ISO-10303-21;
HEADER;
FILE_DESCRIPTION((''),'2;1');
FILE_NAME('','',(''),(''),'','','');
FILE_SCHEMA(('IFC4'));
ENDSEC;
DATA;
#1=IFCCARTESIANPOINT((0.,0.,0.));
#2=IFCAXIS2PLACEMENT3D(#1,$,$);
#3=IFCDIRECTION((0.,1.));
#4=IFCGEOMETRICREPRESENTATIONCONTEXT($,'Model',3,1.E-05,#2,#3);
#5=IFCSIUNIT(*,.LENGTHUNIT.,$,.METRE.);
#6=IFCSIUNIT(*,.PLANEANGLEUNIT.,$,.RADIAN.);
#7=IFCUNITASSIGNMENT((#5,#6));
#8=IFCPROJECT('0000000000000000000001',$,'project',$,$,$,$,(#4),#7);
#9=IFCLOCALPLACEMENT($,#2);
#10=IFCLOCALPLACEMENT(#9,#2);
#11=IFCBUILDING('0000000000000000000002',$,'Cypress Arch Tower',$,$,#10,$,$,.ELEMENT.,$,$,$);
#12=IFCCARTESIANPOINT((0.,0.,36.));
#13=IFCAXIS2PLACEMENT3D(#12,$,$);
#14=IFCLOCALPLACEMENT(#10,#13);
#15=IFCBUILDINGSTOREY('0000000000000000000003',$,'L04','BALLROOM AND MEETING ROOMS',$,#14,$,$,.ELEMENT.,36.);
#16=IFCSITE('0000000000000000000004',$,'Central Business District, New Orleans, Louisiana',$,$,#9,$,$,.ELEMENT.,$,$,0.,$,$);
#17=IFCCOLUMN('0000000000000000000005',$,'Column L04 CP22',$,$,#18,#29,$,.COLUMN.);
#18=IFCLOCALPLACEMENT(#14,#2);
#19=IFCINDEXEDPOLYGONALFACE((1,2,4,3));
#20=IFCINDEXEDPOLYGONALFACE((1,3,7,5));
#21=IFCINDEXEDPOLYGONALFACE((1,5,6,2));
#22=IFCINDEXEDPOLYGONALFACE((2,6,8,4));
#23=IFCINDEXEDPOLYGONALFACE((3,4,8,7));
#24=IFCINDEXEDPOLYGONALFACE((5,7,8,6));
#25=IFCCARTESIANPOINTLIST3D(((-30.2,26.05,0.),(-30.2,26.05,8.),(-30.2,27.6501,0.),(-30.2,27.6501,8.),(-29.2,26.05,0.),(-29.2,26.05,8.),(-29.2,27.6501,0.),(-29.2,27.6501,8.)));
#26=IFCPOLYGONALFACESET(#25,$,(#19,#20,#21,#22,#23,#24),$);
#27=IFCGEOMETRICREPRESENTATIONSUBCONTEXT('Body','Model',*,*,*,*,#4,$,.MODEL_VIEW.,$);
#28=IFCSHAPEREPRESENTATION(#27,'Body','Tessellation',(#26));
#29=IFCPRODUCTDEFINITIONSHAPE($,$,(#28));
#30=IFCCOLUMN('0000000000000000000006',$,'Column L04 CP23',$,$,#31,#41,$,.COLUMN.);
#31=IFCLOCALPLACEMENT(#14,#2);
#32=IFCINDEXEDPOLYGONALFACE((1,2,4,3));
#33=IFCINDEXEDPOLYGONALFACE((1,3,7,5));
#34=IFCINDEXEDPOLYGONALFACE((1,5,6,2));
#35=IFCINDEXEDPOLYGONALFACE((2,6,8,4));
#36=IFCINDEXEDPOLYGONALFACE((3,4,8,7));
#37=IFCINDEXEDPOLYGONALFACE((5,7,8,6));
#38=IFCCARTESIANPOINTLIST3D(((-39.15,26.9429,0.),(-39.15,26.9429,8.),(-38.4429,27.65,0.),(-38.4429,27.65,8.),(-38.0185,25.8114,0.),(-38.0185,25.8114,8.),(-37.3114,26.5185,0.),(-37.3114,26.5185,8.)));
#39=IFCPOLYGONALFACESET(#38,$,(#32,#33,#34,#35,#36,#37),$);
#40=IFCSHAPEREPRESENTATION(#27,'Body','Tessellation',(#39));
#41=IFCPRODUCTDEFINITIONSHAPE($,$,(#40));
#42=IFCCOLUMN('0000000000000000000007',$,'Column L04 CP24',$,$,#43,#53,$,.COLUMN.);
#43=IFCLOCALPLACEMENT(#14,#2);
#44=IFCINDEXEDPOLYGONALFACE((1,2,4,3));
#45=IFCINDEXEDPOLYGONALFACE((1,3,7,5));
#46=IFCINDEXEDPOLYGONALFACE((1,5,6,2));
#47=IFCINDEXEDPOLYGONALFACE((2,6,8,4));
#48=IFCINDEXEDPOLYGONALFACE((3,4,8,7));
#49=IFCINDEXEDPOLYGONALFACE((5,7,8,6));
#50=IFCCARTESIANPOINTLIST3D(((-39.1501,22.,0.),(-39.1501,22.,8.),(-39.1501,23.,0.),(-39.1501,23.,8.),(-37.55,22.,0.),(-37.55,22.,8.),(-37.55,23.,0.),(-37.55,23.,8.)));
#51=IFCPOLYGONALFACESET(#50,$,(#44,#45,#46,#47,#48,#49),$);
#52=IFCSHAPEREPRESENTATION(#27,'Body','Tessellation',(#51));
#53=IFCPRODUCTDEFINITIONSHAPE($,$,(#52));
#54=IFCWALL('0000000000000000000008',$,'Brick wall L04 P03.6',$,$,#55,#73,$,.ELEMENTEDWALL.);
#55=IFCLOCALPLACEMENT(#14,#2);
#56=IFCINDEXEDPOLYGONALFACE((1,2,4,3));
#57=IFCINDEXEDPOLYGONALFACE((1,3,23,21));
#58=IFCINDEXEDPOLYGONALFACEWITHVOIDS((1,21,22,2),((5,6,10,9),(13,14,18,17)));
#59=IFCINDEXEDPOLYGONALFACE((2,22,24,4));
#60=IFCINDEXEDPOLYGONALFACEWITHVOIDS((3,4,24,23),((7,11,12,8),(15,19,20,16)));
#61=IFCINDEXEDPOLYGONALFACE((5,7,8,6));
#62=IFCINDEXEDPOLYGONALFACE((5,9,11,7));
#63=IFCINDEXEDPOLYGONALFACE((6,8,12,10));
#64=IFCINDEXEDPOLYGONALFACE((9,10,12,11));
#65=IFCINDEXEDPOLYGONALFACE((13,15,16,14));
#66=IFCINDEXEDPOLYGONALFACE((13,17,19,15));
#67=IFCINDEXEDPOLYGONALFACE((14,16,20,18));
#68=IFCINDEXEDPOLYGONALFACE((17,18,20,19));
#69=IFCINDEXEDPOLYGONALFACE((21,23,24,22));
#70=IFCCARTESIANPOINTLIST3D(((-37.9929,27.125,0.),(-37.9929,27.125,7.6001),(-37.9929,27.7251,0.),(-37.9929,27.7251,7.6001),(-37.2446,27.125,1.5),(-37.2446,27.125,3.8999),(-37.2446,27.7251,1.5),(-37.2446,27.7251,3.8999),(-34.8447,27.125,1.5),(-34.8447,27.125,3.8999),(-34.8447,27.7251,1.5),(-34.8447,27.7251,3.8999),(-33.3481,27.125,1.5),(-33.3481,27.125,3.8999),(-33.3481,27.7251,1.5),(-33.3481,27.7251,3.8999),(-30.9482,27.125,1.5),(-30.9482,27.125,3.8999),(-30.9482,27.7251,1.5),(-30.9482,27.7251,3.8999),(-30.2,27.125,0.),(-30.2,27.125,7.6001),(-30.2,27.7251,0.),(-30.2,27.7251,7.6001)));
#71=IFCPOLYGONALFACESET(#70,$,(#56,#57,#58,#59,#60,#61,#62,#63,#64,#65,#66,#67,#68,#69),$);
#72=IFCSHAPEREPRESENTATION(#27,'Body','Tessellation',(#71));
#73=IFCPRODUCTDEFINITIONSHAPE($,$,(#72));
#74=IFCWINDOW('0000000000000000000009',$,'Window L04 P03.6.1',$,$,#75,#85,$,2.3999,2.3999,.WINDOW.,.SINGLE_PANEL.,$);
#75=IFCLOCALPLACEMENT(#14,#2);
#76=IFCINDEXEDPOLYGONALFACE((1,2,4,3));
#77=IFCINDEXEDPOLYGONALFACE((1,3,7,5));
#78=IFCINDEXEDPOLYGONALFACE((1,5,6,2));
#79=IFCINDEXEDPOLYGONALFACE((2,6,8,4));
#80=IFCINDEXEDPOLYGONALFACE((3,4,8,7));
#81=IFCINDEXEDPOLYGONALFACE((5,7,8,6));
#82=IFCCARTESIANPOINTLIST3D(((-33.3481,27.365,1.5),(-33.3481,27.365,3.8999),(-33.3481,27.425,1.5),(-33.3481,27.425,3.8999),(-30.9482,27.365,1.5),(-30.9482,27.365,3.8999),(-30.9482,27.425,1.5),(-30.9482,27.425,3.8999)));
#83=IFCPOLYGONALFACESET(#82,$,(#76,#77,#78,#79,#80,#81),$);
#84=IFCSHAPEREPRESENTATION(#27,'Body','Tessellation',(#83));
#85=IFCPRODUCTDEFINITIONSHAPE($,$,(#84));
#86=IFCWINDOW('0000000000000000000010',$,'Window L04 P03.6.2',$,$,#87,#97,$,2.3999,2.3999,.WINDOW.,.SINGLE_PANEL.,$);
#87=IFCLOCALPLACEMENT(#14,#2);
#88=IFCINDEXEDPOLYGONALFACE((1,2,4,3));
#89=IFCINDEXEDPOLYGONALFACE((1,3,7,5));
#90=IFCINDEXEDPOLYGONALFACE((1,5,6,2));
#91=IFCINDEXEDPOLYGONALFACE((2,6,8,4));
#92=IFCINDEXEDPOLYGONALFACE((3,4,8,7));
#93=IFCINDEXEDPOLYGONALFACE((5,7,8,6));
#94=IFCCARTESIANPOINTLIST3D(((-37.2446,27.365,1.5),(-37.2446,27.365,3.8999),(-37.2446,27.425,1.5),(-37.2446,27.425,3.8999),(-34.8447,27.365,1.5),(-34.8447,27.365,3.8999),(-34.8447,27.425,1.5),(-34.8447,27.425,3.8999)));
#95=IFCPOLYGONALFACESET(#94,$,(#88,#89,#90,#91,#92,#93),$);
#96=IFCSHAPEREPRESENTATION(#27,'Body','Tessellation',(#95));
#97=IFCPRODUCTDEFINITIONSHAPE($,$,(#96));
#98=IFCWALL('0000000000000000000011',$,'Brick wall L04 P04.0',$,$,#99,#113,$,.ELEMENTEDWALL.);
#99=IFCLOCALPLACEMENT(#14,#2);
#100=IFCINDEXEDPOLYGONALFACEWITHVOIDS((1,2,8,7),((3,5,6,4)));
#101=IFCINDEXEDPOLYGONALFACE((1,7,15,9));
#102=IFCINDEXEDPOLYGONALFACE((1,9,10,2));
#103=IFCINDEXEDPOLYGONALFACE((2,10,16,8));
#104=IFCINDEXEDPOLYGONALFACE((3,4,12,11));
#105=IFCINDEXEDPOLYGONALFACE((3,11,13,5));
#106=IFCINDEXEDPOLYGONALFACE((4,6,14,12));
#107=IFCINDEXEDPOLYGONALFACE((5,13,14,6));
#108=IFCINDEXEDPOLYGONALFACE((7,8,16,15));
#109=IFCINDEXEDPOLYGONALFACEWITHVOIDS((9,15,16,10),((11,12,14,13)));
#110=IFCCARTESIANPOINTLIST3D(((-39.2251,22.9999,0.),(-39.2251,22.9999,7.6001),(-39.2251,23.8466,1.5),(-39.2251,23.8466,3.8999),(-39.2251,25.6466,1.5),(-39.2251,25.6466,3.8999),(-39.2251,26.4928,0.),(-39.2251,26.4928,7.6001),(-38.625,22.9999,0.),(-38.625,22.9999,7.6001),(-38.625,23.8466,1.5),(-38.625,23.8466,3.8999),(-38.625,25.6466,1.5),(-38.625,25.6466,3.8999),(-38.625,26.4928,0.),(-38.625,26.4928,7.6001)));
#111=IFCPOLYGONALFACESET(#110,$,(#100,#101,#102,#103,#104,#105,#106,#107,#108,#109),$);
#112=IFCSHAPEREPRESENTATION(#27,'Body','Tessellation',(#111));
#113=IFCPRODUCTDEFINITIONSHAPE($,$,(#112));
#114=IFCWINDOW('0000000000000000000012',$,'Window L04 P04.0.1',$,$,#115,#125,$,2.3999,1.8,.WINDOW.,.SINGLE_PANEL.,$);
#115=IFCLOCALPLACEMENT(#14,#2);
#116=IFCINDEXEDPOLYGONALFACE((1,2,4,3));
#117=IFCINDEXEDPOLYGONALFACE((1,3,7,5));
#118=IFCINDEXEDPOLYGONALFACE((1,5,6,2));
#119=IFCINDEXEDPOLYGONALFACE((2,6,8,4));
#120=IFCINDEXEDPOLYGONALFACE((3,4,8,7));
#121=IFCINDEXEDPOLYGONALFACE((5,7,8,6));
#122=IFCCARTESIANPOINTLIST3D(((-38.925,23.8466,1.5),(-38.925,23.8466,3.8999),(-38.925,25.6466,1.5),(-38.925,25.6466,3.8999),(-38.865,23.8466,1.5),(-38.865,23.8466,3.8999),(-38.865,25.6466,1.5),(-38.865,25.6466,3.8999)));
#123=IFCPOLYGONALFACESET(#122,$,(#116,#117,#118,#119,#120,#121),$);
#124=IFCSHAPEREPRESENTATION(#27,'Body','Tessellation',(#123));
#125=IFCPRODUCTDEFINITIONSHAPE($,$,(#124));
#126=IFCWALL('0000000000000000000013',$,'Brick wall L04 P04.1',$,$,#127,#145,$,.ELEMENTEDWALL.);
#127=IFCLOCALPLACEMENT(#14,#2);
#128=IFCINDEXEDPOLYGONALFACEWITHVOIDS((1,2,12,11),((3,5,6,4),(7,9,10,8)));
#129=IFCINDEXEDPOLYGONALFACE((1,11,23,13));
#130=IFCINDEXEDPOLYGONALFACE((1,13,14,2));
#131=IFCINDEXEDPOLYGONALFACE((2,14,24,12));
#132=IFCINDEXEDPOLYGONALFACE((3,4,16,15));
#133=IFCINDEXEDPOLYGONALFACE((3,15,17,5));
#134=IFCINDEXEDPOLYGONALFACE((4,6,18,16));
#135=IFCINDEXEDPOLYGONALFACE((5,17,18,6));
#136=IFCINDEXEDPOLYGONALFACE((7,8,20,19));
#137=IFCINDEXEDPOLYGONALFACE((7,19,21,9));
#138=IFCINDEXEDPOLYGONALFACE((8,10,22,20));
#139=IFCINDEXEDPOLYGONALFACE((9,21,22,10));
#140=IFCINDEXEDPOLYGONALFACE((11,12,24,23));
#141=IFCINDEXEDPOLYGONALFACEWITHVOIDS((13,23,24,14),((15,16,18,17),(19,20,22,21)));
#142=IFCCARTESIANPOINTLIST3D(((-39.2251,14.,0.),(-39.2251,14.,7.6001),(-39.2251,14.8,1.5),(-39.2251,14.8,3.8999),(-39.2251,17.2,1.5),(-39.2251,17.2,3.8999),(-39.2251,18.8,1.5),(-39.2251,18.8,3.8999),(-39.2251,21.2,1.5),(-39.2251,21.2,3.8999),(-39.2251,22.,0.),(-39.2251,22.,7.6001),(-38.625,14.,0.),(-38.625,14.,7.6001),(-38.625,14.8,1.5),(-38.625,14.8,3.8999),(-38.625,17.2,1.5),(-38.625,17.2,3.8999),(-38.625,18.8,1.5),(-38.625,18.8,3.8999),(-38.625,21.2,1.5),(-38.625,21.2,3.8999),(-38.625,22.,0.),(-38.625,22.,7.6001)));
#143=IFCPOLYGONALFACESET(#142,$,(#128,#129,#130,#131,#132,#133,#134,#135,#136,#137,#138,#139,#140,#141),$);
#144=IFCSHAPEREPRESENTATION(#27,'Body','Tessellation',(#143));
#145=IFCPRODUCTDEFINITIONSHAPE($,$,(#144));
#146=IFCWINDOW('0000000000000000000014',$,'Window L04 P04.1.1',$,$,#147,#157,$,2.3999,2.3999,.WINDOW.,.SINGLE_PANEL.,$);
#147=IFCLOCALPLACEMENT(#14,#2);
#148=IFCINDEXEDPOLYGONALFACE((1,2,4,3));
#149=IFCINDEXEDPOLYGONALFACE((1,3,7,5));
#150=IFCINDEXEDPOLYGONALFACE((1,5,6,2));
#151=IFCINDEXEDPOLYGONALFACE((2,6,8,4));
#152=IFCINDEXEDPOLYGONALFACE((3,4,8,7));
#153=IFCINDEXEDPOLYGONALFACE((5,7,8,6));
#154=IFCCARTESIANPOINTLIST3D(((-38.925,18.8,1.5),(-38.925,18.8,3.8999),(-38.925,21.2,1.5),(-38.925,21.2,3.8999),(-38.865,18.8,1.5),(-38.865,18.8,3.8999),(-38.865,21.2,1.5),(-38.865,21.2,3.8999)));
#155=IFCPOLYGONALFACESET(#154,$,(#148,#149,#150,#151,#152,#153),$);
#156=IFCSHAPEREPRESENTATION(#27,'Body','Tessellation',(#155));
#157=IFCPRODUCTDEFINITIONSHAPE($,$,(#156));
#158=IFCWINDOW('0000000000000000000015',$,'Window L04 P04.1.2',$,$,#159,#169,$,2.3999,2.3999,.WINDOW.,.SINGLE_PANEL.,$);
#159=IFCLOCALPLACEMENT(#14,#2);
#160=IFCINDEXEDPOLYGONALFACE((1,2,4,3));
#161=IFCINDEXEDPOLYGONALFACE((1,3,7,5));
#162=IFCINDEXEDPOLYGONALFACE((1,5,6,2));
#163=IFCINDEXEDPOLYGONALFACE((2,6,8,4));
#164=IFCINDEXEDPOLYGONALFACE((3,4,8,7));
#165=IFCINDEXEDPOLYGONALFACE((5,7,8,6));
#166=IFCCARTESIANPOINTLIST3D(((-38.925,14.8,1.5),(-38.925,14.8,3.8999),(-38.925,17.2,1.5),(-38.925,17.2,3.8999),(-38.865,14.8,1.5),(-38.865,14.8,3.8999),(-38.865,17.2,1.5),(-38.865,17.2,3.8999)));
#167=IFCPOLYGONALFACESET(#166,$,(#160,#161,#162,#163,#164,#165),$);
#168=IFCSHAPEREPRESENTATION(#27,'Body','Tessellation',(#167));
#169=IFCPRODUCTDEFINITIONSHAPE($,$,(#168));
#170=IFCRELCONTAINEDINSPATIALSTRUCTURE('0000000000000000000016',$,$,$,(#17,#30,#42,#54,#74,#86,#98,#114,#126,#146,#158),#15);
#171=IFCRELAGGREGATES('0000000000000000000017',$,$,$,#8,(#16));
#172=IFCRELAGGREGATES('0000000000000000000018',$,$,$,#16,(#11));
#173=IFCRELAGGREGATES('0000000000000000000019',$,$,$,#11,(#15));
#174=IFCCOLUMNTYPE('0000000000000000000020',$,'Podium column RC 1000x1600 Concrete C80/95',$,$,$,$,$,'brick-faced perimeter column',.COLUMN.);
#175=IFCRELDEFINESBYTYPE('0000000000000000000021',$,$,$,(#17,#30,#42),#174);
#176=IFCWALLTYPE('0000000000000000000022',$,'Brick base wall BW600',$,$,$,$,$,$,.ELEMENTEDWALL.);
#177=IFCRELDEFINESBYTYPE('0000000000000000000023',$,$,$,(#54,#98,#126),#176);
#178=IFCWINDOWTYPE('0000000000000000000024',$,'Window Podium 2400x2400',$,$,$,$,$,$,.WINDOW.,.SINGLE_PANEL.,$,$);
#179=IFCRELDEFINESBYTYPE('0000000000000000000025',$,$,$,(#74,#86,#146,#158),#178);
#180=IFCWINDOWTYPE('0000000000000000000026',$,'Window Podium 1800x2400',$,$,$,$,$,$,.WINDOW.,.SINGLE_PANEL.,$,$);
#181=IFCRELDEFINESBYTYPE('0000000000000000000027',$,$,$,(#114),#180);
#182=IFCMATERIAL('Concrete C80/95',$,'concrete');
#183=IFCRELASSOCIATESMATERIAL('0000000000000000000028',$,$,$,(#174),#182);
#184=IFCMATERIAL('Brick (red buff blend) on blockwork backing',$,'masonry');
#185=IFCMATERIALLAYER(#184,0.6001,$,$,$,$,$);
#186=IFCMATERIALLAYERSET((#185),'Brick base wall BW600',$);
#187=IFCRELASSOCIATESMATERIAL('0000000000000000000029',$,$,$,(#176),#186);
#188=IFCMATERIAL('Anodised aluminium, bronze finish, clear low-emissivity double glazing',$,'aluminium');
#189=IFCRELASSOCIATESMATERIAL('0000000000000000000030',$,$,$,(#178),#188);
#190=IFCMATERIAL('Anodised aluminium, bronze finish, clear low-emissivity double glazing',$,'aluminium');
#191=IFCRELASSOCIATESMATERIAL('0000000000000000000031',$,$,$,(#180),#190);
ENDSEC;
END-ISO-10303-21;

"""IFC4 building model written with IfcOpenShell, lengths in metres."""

from ifc_helpers import new_model, si_unit, direction, frame, frame_2d, origin, origin_2d, place, context, subcontext, project, spatial, rectangle, extrude, material, layer, layer_set, material_profile, profile_set, type_object, element, fill, save


model = new_model("IFC4")

# Units and contexts
model_context = context("Model", 3, precision=1e-05, world=origin(), true_north=direction((0.0, 1.0)))
body_context = subcontext(model_context, "Body", "Model", "MODEL_VIEW")
ifc_project = project(units=[si_unit("LENGTHUNIT", "METRE"), si_unit("PLANEANGLEUNIT", "RADIAN")], contexts=[model_context])

# Site, building, storey
site_placement = place(None, origin())
site = spatial("IfcSite", under=ifc_project, at=site_placement, Name="Central Business District, New Orleans, Louisiana", CompositionType="ELEMENT", RefElevation=0.0)
building_placement = place(site_placement, origin())
building = spatial("IfcBuilding", under=site, at=building_placement, Name="Cypress Arch Tower", CompositionType="ELEMENT")
storey_placement = place(building_placement, frame((0.0, 0.0, 36.0)))
storey = spatial("IfcBuildingStorey", under=building, at=storey_placement, Name="L04", Description="BALLROOM AND MEETING ROOMS", CompositionType="ELEMENT", Elevation=36.0)

# Columns
ifc_material_1 = material(Name="Concrete C80/95", Category="concrete")
ifc_material_profile = material_profile(ifc_material_1, rectangle(XDim=1.0, YDim=1.6001, at=origin_2d()), Name="RC 1000x1600")
ifc_profile_set = profile_set([ifc_material_profile], Name="Concrete C80/95")
column_type = type_object("IfcColumnType", Name="Podium column RC 1000x1600 Concrete C80/95", ElementType="brick-faced perimeter column", PredefinedType="COLUMN", material=ifc_profile_set)
for number, where, z_axis, x_axis, name in (
    (1, (-29.7, 26.8501, 0.0), (0.0, 0.0, 1.0), (-1.0, 0.0, 0.0), "Column L04 CP22"),
    (2, (-38.2307, 26.7307, 0.0), (0.0, 0.0, 1.0), (-0.707107, -0.707107, 0.0), "Column L04 CP23"),
    (3, (-38.3501, 22.5, 0.0), (0.0, 0.0, 1.0), (0.0, -1.0, 0.0), "Column L04 CP24"),
):
    element("IfcColumn", number, at=place(storey_placement, frame(where, z_axis=z_axis, x_axis=x_axis)), inside=storey, type_object=column_type, Name=name, PredefinedType="COLUMN", context=body_context, shape_type="SweptSolid", body=[
        extrude(rectangle(XDim=1.0, YDim=1.6001, at=origin_2d()), origin(), (0.0, 0.0, 1.0), 8.0),
    ])

# Wall, openings, windows
ifc_material_2 = material(Name="Brick (red buff blend) on blockwork backing", Category="masonry")
ifc_layer_1 = layer(ifc_material_2, 0.6001)
ifc_layer_set_1 = layer_set([ifc_layer_1], Name="Brick base wall BW600")
wall_type_1 = type_object("IfcWallType", Name="Brick base wall BW600", PredefinedType="ELEMENTEDWALL", material=ifc_layer_set_1)
wall_1_placement = place(storey_placement, frame((-30.2, 27.425, 0.0), z_axis=(0.0, 0.0, 1.0), x_axis=(-1.0, 0.0, 0.0)))
wall_1 = element("IfcWall", 4, at=wall_1_placement, inside=storey, type_object=wall_type_1, Name="Brick wall L04 P03.6", PredefinedType="ELEMENTEDWALL", context=body_context, shape_type="SweptSolid", body=[
    extrude(rectangle(XDim=7.793, YDim=0.6001, at=frame_2d((3.8965, 0.0))), origin(), (0.0, 0.0, 1.0), 7.6001),
])
opening_1_placement = place(wall_1_placement, frame((0.7483, 0.0, 1.5)))
opening_1 = element("IfcOpeningElement", 5, at=opening_1_placement, cuts=wall_1, PredefinedType="OPENING", context=body_context, shape_type="SweptSolid", body=[
    extrude(rectangle(XDim=2.3999, YDim=2.3999, at=frame_2d((1.2, 1.2))), frame((0.0, 0.3101, 0.0), z_axis=(0.0, -1.0, 0.0), x_axis=(1.0, 0.0, 0.0)), (0.0, 0.0, 1.0), 0.6201),
])
opening_2_placement = place(wall_1_placement, frame((4.6448, 0.0, 1.5)))
opening_2 = element("IfcOpeningElement", 6, at=opening_2_placement, cuts=wall_1, PredefinedType="OPENING", context=body_context, shape_type="SweptSolid", body=[
    extrude(rectangle(XDim=2.3999, YDim=2.3999, at=frame_2d((1.2, 1.2))), frame((0.0, 0.3101, 0.0), z_axis=(0.0, -1.0, 0.0), x_axis=(1.0, 0.0, 0.0)), (0.0, 0.0, 1.0), 0.6201),
])
ifc_material_3 = material(Name="Anodised aluminium, bronze finish, clear low-emissivity double glazing", Category="aluminium")
window_type_1 = type_object("IfcWindowType", Name="Window Podium 2400x2400", PartitioningType="SINGLE_PANEL", PredefinedType="WINDOW", material=ifc_material_3)
window_1_placement = place(opening_1_placement, origin())
window_1 = element("IfcWindow", 7, at=window_1_placement, inside=storey, type_object=window_type_1, Name="Window L04 P03.6.1", OverallHeight=2.3999, OverallWidth=2.3999, PartitioningType="SINGLE_PANEL", PredefinedType="WINDOW", context=body_context, shape_type="SweptSolid", body=[
    extrude(rectangle(XDim=2.3999, YDim=2.3999, at=frame_2d((1.2, 1.2))), frame((0.0, 0.0601, 0.0), z_axis=(0.0, -1.0, 0.0), x_axis=(1.0, 0.0, 0.0)), (0.0, 0.0, 1.0), 0.0601),
])
fill(opening_1, window_1)
window_2_placement = place(opening_2_placement, origin())
window_2 = element("IfcWindow", 8, at=window_2_placement, inside=storey, type_object=window_type_1, Name="Window L04 P03.6.2", OverallHeight=2.3999, OverallWidth=2.3999, PartitioningType="SINGLE_PANEL", PredefinedType="WINDOW", context=body_context, shape_type="SweptSolid", body=[
    extrude(rectangle(XDim=2.3999, YDim=2.3999, at=frame_2d((1.2, 1.2))), frame((0.0, 0.0601, 0.0), z_axis=(0.0, -1.0, 0.0), x_axis=(1.0, 0.0, 0.0)), (0.0, 0.0, 1.0), 0.0601),
])
fill(opening_2, window_2)

# Wall, opening, window
wall_2_placement = place(storey_placement, frame((-38.925, 26.4929, 0.0), z_axis=(0.0, 0.0, 1.0), x_axis=(0.0, -1.0, 0.0)))
wall_2 = element("IfcWall", 9, at=wall_2_placement, inside=storey, type_object=wall_type_1, Name="Brick wall L04 P04.0", PredefinedType="ELEMENTEDWALL", context=body_context, shape_type="SweptSolid", body=[
    extrude(rectangle(XDim=3.4929, YDim=0.6001, at=frame_2d((1.7466, 0.0))), origin(), (0.0, 0.0, 1.0), 7.6001),
])
opening_3_placement = place(wall_2_placement, frame((0.8464, 0.0, 1.5)))
opening_3 = element("IfcOpeningElement", 10, at=opening_3_placement, cuts=wall_2, PredefinedType="OPENING", context=body_context, shape_type="SweptSolid", body=[
    extrude(rectangle(XDim=1.8, YDim=2.3999, at=frame_2d((0.8999, 1.2))), frame((0.0, 0.3101, 0.0), z_axis=(0.0, -1.0, 0.0), x_axis=(1.0, 0.0, 0.0)), (0.0, 0.0, 1.0), 0.6201),
])
ifc_material_4 = material(Name="Anodised aluminium, bronze finish, clear low-emissivity double glazing", Category="aluminium")
window_type_2 = type_object("IfcWindowType", Name="Window Podium 1800x2400", PartitioningType="SINGLE_PANEL", PredefinedType="WINDOW", material=ifc_material_4)
window_3_placement = place(opening_3_placement, origin())
window_3 = element("IfcWindow", 11, at=window_3_placement, inside=storey, type_object=window_type_2, Name="Window L04 P04.0.1", OverallHeight=2.3999, OverallWidth=1.8, PartitioningType="SINGLE_PANEL", PredefinedType="WINDOW", context=body_context, shape_type="SweptSolid", body=[
    extrude(rectangle(XDim=1.8, YDim=2.3999, at=frame_2d((0.8999, 1.2))), frame((0.0, 0.0601, 0.0), z_axis=(0.0, -1.0, 0.0), x_axis=(1.0, 0.0, 0.0)), (0.0, 0.0, 1.0), 0.0601),
])
fill(opening_3, window_3)

# Wall, openings, windows
wall_3_placement = place(storey_placement, frame((-38.925, 22.0, 0.0), z_axis=(0.0, 0.0, 1.0), x_axis=(0.0, -1.0, 0.0)))
wall_3 = element("IfcWall", 12, at=wall_3_placement, inside=storey, type_object=wall_type_1, Name="Brick wall L04 P04.1", PredefinedType="ELEMENTEDWALL", context=body_context, shape_type="SweptSolid", body=[
    extrude(rectangle(XDim=8.0, YDim=0.6001, at=frame_2d((4.0, 0.0))), origin(), (0.0, 0.0, 1.0), 7.6001),
])
opening_4_placement = place(wall_3_placement, frame((0.8, 0.0, 1.5)))
opening_4 = element("IfcOpeningElement", 13, at=opening_4_placement, cuts=wall_3, PredefinedType="OPENING", context=body_context, shape_type="SweptSolid", body=[
    extrude(rectangle(XDim=2.3999, YDim=2.3999, at=frame_2d((1.2, 1.2))), frame((0.0, 0.3101, 0.0), z_axis=(0.0, -1.0, 0.0), x_axis=(1.0, 0.0, 0.0)), (0.0, 0.0, 1.0), 0.6201),
])
opening_5_placement = place(wall_3_placement, frame((4.8, 0.0, 1.5)))
opening_5 = element("IfcOpeningElement", 14, at=opening_5_placement, cuts=wall_3, PredefinedType="OPENING", context=body_context, shape_type="SweptSolid", body=[
    extrude(rectangle(XDim=2.3999, YDim=2.3999, at=frame_2d((1.2, 1.2))), frame((0.0, 0.3101, 0.0), z_axis=(0.0, -1.0, 0.0), x_axis=(1.0, 0.0, 0.0)), (0.0, 0.0, 1.0), 0.6201),
])
window_4_placement = place(opening_4_placement, origin())
window_4 = element("IfcWindow", 15, at=window_4_placement, inside=storey, type_object=window_type_1, Name="Window L04 P04.1.1", OverallHeight=2.3999, OverallWidth=2.3999, PartitioningType="SINGLE_PANEL", PredefinedType="WINDOW", context=body_context, shape_type="SweptSolid", body=[
    extrude(rectangle(XDim=2.3999, YDim=2.3999, at=frame_2d((1.2, 1.2))), frame((0.0, 0.0601, 0.0), z_axis=(0.0, -1.0, 0.0), x_axis=(1.0, 0.0, 0.0)), (0.0, 0.0, 1.0), 0.0601),
])
fill(opening_4, window_4)
window_5_placement = place(opening_5_placement, origin())
window_5 = element("IfcWindow", 16, at=window_5_placement, inside=storey, type_object=window_type_1, Name="Window L04 P04.1.2", OverallHeight=2.3999, OverallWidth=2.3999, PartitioningType="SINGLE_PANEL", PredefinedType="WINDOW", context=body_context, shape_type="SweptSolid", body=[
    extrude(rectangle(XDim=2.3999, YDim=2.3999, at=frame_2d((1.2, 1.2))), frame((0.0, 0.0601, 0.0), z_axis=(0.0, -1.0, 0.0), x_axis=(1.0, 0.0, 0.0)), (0.0, 0.0, 1.0), 0.0601),
])
fill(opening_5, window_5)

save(model, "model.ifc")
